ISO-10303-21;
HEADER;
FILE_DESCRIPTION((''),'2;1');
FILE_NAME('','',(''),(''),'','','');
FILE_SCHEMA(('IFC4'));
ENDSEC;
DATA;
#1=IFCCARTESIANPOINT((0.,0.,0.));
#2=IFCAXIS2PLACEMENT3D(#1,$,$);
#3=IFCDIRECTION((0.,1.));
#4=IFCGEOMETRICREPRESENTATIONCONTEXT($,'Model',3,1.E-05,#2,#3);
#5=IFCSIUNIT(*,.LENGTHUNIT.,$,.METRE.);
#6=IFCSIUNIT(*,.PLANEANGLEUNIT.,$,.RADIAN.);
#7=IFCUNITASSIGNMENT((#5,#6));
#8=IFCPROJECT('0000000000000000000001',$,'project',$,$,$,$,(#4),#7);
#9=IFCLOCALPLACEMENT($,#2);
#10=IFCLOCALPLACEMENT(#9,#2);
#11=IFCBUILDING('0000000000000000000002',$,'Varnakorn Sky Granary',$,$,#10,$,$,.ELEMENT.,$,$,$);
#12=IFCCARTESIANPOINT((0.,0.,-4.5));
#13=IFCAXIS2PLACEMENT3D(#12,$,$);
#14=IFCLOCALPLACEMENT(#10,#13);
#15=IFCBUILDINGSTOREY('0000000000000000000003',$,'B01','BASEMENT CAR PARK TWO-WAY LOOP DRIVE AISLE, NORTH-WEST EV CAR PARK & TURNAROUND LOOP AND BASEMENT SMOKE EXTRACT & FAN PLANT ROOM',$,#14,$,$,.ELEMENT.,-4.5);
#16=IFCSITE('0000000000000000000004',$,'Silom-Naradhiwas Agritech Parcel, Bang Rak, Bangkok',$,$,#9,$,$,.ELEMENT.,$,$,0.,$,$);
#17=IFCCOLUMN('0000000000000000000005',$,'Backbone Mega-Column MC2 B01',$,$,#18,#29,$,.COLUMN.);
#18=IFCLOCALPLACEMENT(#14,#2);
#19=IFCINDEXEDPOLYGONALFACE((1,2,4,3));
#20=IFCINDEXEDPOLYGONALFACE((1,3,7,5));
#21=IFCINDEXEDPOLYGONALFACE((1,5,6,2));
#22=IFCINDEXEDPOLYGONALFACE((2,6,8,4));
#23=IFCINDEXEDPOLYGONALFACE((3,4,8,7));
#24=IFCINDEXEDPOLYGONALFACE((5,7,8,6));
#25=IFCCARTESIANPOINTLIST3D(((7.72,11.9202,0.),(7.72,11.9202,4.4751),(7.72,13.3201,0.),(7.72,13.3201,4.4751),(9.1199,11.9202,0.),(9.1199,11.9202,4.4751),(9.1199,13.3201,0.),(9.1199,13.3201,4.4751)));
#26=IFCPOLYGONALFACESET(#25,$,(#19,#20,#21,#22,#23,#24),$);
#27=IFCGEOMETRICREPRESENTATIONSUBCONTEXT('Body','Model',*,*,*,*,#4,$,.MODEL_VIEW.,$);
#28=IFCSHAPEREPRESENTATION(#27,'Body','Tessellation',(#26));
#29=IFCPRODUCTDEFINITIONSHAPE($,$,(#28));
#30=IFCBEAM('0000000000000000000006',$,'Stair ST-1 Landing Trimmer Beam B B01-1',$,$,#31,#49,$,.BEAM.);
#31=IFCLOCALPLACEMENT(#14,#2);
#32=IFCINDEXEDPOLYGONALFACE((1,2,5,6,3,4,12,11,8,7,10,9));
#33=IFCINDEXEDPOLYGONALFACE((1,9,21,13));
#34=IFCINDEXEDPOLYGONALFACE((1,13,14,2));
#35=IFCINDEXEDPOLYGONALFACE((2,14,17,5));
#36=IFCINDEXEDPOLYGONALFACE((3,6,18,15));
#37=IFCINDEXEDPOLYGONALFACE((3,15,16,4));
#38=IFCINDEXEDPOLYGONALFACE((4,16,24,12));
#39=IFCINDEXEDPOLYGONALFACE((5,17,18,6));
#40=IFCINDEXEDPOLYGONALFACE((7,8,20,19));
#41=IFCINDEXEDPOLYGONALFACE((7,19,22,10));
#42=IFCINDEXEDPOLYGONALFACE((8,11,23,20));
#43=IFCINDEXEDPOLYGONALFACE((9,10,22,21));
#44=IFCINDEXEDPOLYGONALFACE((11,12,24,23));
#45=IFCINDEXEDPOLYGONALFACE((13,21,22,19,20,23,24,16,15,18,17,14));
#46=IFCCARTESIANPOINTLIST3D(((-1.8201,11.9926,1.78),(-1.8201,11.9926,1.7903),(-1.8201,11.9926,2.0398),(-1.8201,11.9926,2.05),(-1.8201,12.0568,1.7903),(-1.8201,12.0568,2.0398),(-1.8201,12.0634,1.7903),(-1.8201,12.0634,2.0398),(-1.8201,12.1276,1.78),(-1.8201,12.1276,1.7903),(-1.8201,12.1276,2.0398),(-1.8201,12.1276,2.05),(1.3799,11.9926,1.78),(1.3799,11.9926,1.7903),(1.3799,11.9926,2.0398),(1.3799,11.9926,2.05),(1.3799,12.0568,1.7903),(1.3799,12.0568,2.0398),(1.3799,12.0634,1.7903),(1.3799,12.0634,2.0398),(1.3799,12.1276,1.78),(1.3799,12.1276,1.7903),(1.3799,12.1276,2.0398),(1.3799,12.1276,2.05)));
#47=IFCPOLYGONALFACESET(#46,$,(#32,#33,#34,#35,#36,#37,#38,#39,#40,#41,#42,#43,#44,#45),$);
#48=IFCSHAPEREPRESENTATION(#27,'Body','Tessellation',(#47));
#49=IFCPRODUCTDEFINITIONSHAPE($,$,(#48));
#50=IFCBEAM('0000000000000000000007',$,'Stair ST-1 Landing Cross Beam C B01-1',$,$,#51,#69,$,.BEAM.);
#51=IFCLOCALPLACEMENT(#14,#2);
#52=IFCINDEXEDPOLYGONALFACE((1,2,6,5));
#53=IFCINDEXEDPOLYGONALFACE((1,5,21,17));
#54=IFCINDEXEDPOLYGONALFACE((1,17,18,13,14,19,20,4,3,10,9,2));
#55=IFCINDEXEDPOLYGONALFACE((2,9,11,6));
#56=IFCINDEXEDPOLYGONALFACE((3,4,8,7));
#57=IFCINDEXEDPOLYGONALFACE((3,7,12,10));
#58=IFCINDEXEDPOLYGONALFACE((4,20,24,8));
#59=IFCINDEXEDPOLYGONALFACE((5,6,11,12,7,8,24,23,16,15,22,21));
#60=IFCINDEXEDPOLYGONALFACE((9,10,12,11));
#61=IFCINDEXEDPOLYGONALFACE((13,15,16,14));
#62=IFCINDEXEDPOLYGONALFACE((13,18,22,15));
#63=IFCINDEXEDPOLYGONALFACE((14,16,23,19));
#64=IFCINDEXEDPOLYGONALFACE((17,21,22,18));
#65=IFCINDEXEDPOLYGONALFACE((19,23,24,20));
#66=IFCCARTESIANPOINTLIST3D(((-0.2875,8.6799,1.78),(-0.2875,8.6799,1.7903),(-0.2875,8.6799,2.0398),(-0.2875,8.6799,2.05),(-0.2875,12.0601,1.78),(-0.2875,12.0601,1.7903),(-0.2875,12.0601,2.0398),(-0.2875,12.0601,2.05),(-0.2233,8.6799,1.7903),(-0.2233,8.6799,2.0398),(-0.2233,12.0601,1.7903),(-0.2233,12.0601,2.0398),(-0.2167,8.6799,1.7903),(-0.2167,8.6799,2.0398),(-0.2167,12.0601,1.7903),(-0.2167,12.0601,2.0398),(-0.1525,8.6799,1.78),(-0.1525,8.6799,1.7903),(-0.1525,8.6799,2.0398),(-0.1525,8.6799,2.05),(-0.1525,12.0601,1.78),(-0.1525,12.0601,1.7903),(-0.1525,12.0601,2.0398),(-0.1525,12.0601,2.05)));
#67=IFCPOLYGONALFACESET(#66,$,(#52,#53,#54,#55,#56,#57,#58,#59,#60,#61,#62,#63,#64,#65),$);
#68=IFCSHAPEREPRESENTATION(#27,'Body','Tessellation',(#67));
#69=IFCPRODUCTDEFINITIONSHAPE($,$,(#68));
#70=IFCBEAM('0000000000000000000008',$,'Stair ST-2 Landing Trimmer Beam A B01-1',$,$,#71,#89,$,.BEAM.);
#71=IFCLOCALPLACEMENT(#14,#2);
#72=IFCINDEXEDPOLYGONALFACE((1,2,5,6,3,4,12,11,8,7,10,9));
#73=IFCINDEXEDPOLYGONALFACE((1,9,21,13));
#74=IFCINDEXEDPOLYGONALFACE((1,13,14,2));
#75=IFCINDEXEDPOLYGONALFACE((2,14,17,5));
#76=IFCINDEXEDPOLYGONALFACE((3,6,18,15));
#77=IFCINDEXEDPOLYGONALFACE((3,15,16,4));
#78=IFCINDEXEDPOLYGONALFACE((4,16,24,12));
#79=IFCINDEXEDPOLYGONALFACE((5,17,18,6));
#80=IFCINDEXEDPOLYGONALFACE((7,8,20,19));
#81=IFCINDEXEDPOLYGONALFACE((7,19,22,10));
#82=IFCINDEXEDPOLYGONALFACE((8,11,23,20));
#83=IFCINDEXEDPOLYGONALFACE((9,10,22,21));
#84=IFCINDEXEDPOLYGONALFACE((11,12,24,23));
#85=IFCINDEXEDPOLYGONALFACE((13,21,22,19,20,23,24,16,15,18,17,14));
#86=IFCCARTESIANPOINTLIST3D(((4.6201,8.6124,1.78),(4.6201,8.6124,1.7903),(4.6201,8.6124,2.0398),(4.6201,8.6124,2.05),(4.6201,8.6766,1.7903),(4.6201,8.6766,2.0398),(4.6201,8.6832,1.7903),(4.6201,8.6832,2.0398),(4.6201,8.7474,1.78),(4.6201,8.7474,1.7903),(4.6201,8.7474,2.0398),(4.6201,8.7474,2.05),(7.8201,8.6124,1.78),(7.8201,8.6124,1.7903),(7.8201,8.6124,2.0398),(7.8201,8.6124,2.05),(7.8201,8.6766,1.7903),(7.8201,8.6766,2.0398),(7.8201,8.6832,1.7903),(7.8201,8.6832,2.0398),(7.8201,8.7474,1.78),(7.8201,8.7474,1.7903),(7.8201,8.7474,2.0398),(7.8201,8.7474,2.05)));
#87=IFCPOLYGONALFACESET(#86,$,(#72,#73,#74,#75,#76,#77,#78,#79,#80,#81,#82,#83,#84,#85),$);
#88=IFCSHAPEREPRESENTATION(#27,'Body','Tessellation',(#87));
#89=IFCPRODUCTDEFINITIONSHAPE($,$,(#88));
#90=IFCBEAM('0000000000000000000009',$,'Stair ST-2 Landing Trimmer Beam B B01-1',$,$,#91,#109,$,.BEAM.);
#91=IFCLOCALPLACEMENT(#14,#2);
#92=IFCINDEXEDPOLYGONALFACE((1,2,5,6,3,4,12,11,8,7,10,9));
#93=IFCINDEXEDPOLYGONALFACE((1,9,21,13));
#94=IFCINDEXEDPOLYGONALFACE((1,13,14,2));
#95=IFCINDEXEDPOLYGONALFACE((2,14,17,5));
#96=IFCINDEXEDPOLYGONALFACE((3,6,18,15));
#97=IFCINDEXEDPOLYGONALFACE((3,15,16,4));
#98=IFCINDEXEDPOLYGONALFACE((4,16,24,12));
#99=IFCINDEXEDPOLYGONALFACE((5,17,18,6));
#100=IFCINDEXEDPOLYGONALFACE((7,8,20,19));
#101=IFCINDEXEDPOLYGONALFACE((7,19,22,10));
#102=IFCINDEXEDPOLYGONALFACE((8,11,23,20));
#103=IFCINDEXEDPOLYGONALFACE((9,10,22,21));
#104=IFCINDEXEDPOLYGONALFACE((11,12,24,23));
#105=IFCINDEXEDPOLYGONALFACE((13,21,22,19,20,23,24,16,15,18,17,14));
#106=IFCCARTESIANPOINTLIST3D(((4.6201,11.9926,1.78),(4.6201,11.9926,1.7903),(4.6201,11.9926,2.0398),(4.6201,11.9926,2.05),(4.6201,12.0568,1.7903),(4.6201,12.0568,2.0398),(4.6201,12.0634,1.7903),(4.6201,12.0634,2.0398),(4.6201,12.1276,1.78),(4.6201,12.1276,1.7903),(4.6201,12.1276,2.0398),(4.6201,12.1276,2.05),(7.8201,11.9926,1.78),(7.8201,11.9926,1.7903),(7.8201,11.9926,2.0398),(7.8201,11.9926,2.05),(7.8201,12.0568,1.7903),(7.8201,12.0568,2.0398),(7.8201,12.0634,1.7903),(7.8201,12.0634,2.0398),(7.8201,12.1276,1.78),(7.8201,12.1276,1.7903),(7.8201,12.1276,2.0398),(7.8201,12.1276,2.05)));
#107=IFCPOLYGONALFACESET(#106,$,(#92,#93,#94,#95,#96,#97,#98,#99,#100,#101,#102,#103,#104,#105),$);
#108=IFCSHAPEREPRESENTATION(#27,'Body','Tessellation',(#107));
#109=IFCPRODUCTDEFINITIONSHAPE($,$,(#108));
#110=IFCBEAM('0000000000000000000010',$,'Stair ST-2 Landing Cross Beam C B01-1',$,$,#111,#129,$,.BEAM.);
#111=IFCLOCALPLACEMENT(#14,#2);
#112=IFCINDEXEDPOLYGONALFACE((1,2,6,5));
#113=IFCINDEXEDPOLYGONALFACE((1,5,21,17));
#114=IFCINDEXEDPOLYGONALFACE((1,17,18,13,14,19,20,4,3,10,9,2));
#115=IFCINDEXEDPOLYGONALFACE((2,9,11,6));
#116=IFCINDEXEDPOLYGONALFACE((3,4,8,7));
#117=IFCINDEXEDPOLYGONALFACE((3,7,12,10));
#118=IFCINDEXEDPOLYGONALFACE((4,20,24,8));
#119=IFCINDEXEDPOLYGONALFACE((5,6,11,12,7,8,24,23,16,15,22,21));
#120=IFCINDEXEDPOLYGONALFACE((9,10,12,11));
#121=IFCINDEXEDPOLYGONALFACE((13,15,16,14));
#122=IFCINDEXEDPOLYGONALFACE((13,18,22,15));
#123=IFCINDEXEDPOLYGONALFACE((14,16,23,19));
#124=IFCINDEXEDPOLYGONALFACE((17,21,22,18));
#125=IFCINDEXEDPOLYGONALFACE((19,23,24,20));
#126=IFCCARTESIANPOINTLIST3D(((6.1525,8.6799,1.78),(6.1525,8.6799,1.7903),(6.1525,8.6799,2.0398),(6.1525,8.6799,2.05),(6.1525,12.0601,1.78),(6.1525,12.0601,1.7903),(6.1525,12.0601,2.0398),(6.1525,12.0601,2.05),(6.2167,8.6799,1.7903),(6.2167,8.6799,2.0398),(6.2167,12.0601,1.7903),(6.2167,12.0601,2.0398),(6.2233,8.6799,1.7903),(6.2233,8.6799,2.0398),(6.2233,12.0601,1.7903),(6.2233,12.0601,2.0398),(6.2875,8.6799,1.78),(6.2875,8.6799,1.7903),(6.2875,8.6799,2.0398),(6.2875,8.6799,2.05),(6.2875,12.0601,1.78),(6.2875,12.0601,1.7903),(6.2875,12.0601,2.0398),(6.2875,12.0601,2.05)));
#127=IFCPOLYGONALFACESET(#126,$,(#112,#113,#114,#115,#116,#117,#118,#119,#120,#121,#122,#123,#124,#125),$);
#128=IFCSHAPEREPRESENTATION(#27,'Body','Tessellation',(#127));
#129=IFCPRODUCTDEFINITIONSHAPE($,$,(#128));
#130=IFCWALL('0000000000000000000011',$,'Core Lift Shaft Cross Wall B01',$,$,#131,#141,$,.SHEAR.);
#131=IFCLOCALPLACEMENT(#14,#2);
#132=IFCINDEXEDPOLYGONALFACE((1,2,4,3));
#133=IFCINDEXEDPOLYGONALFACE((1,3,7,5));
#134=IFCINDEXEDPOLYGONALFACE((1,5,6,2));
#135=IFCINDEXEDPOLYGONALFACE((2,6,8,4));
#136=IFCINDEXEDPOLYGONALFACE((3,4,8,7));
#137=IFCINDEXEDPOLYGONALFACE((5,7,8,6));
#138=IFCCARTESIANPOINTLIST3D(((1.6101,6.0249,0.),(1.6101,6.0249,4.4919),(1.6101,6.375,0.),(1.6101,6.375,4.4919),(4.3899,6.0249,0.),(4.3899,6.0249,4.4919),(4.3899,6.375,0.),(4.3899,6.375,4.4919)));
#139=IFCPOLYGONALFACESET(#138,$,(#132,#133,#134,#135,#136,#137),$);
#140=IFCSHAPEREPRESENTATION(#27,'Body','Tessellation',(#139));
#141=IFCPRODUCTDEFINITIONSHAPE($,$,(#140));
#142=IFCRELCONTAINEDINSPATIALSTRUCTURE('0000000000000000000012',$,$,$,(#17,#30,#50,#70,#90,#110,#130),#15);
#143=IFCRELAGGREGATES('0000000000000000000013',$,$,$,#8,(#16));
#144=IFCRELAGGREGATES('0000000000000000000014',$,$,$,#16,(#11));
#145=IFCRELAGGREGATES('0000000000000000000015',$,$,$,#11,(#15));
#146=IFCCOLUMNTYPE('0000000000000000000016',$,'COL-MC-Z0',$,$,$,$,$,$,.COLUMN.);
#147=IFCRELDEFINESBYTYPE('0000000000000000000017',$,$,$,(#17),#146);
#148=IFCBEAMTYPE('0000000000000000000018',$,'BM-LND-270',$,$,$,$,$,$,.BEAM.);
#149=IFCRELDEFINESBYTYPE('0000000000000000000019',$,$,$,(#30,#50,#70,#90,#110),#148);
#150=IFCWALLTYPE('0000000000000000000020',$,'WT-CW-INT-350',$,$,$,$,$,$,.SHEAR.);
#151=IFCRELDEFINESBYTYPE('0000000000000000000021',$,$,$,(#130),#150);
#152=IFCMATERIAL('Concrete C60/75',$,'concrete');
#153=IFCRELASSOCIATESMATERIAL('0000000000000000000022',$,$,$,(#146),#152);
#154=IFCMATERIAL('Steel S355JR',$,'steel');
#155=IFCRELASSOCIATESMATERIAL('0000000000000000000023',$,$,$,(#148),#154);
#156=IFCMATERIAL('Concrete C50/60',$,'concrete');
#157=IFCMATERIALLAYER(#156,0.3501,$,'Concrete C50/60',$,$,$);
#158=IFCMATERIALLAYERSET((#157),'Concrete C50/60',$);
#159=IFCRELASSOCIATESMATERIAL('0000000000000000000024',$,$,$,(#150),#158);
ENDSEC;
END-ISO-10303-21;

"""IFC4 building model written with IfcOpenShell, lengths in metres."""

from ifc_helpers import new_model, si_unit, direction, frame, frame_2d, origin, origin_2d, place, context, subcontext, project, spatial, rectangle, i_section, extrude, material, layer, layer_set, material_profile, profile_set, type_object, element, save


model = new_model("IFC4")

# Units and contexts
model_context = context("Model", 3, precision=1e-05, world=origin(), true_north=direction((0.0, 1.0)))
body_context = subcontext(model_context, "Body", "Model", "MODEL_VIEW")
ifc_project = project(units=[si_unit("LENGTHUNIT", "METRE"), si_unit("PLANEANGLEUNIT", "RADIAN")], contexts=[model_context])

# Site, building, storey
site_placement = place(None, origin())
site = spatial("IfcSite", under=ifc_project, at=site_placement, Name="Silom-Naradhiwas Agritech Parcel, Bang Rak, Bangkok", CompositionType="ELEMENT", RefElevation=0.0)
building_placement = place(site_placement, origin())
building = spatial("IfcBuilding", under=site, at=building_placement, Name="Varnakorn Sky Granary", CompositionType="ELEMENT")
storey_placement = place(building_placement, frame((0.0, 0.0, -4.5)))
storey = spatial("IfcBuildingStorey", under=building, at=storey_placement, Name="B01", Description="BASEMENT CAR PARK TWO-WAY LOOP DRIVE AISLE, NORTH-WEST EV CAR PARK & TURNAROUND LOOP AND BASEMENT SMOKE EXTRACT & FAN PLANT ROOM", CompositionType="ELEMENT", Elevation=-4.5)

# Column
ifc_material_1 = material(Name="Concrete C60/75", Category="concrete")
ifc_material_profile_1 = material_profile(ifc_material_1, rectangle(XDim=1.3999, YDim=1.3999, at=origin_2d()), Name="RC 1400x1400")
ifc_profile_set_1 = profile_set([ifc_material_profile_1], Name="Concrete C60/75")
column_type = type_object("IfcColumnType", Name="COL-MC-Z0", PredefinedType="COLUMN", material=ifc_profile_set_1)
column_placement = place(storey_placement, frame((8.4199, 12.6201, 0.0), z_axis=(0.0, 0.0, 1.0), x_axis=(1.0, 0.0, 0.0)))
element("IfcColumn", 1, at=column_placement, inside=storey, type_object=column_type, Name="Backbone Mega-Column MC2 B01", PredefinedType="COLUMN", context=body_context, shape_type="SweptSolid", body=[
    extrude(rectangle(XDim=1.3999, YDim=1.3999, at=origin_2d()), origin(), (0.0, 0.0, 1.0), 4.4751),
])

# Beams
ifc_material_2 = material(Name="Steel S355JR", Category="steel")
ifc_material_profile_2 = material_profile(ifc_material_2, i_section(OverallWidth=0.135, OverallDepth=0.27, WebThickness=0.0066, FlangeThickness=0.0103, at=origin_2d()), Name="IPE 270")
ifc_profile_set_2 = profile_set([ifc_material_profile_2], Name="Steel S355JR")
beam_type = type_object("IfcBeamType", Name="BM-LND-270", PredefinedType="BEAM", material=ifc_profile_set_2)
beam_1_placement = place(storey_placement, frame((-1.8201, 12.0601, 1.915), z_axis=(1.0, 0.0, 0.0), x_axis=(0.0, 1.0, 0.0)))
element("IfcBeam", 2, at=beam_1_placement, inside=storey, type_object=beam_type, Name="Stair ST-1 Landing Trimmer Beam B B01-1", PredefinedType="BEAM", context=body_context, shape_type="SweptSolid", body=[
    extrude(i_section(OverallWidth=0.135, OverallDepth=0.27, WebThickness=0.0066, FlangeThickness=0.0103, at=origin_2d()), origin(), (0.0, 0.0, 1.0), 3.2),
])
beam_2_placement = place(storey_placement, frame((-0.22, 8.6799, 1.915), z_axis=(0.0, 1.0, 0.0), x_axis=(-1.0, 0.0, 0.0)))
element("IfcBeam", 3, at=beam_2_placement, inside=storey, type_object=beam_type, Name="Stair ST-1 Landing Cross Beam C B01-1", PredefinedType="BEAM", context=body_context, shape_type="SweptSolid", body=[
    extrude(i_section(OverallWidth=0.135, OverallDepth=0.27, WebThickness=0.0066, FlangeThickness=0.0103, at=origin_2d()), origin(), (0.0, 0.0, 1.0), 3.3801),
])
for number, where, z_axis, x_axis, name in (
    (4, (4.6201, 8.6799, 1.915), (1.0, 0.0, 0.0), (0.0, 1.0, 0.0), "Stair ST-2 Landing Trimmer Beam A B01-1"),
    (5, (4.6201, 12.0601, 1.915), (1.0, 0.0, 0.0), (0.0, 1.0, 0.0), "Stair ST-2 Landing Trimmer Beam B B01-1"),
):
    element("IfcBeam", number, at=place(storey_placement, frame(where, z_axis=z_axis, x_axis=x_axis)), inside=storey, type_object=beam_type, Name=name, PredefinedType="BEAM", context=body_context, shape_type="SweptSolid", body=[
        extrude(i_section(OverallWidth=0.135, OverallDepth=0.27, WebThickness=0.0066, FlangeThickness=0.0103, at=origin_2d()), origin(), (0.0, 0.0, 1.0), 3.2),
    ])
beam_3_placement = place(storey_placement, frame((6.22, 8.6799, 1.915), z_axis=(0.0, 1.0, 0.0), x_axis=(-1.0, 0.0, 0.0)))
element("IfcBeam", 6, at=beam_3_placement, inside=storey, type_object=beam_type, Name="Stair ST-2 Landing Cross Beam C B01-1", PredefinedType="BEAM", context=body_context, shape_type="SweptSolid", body=[
    extrude(i_section(OverallWidth=0.135, OverallDepth=0.27, WebThickness=0.0066, FlangeThickness=0.0103, at=origin_2d()), origin(), (0.0, 0.0, 1.0), 3.3801),
])

# Wall
ifc_material_3 = material(Name="Concrete C50/60", Category="concrete")
ifc_layer_1 = layer(ifc_material_3, 0.3501, Name="Concrete C50/60")
ifc_layer_set_1 = layer_set([ifc_layer_1], Name="Concrete C50/60")
wall_type_1 = type_object("IfcWallType", Name="WT-CW-INT-350", PredefinedType="SHEAR", material=ifc_layer_set_1)
wall_1_placement = place(storey_placement, frame((1.6101, 6.2, 0.0), z_axis=(0.0, 0.0, 1.0), x_axis=(1.0, 0.0, 0.0)))
element("IfcWall", 7, at=wall_1_placement, inside=storey, type_object=wall_type_1, Name="Core Lift Shaft Cross Wall B01", PredefinedType="SHEAR", context=body_context, shape_type="SweptSolid", body=[
    extrude(rectangle(XDim=2.7798, YDim=0.3501, at=frame_2d((1.3899, 0.0))), origin(), (0.0, 0.0, 1.0), 4.4919),
])

save(model, "model.ifc")
